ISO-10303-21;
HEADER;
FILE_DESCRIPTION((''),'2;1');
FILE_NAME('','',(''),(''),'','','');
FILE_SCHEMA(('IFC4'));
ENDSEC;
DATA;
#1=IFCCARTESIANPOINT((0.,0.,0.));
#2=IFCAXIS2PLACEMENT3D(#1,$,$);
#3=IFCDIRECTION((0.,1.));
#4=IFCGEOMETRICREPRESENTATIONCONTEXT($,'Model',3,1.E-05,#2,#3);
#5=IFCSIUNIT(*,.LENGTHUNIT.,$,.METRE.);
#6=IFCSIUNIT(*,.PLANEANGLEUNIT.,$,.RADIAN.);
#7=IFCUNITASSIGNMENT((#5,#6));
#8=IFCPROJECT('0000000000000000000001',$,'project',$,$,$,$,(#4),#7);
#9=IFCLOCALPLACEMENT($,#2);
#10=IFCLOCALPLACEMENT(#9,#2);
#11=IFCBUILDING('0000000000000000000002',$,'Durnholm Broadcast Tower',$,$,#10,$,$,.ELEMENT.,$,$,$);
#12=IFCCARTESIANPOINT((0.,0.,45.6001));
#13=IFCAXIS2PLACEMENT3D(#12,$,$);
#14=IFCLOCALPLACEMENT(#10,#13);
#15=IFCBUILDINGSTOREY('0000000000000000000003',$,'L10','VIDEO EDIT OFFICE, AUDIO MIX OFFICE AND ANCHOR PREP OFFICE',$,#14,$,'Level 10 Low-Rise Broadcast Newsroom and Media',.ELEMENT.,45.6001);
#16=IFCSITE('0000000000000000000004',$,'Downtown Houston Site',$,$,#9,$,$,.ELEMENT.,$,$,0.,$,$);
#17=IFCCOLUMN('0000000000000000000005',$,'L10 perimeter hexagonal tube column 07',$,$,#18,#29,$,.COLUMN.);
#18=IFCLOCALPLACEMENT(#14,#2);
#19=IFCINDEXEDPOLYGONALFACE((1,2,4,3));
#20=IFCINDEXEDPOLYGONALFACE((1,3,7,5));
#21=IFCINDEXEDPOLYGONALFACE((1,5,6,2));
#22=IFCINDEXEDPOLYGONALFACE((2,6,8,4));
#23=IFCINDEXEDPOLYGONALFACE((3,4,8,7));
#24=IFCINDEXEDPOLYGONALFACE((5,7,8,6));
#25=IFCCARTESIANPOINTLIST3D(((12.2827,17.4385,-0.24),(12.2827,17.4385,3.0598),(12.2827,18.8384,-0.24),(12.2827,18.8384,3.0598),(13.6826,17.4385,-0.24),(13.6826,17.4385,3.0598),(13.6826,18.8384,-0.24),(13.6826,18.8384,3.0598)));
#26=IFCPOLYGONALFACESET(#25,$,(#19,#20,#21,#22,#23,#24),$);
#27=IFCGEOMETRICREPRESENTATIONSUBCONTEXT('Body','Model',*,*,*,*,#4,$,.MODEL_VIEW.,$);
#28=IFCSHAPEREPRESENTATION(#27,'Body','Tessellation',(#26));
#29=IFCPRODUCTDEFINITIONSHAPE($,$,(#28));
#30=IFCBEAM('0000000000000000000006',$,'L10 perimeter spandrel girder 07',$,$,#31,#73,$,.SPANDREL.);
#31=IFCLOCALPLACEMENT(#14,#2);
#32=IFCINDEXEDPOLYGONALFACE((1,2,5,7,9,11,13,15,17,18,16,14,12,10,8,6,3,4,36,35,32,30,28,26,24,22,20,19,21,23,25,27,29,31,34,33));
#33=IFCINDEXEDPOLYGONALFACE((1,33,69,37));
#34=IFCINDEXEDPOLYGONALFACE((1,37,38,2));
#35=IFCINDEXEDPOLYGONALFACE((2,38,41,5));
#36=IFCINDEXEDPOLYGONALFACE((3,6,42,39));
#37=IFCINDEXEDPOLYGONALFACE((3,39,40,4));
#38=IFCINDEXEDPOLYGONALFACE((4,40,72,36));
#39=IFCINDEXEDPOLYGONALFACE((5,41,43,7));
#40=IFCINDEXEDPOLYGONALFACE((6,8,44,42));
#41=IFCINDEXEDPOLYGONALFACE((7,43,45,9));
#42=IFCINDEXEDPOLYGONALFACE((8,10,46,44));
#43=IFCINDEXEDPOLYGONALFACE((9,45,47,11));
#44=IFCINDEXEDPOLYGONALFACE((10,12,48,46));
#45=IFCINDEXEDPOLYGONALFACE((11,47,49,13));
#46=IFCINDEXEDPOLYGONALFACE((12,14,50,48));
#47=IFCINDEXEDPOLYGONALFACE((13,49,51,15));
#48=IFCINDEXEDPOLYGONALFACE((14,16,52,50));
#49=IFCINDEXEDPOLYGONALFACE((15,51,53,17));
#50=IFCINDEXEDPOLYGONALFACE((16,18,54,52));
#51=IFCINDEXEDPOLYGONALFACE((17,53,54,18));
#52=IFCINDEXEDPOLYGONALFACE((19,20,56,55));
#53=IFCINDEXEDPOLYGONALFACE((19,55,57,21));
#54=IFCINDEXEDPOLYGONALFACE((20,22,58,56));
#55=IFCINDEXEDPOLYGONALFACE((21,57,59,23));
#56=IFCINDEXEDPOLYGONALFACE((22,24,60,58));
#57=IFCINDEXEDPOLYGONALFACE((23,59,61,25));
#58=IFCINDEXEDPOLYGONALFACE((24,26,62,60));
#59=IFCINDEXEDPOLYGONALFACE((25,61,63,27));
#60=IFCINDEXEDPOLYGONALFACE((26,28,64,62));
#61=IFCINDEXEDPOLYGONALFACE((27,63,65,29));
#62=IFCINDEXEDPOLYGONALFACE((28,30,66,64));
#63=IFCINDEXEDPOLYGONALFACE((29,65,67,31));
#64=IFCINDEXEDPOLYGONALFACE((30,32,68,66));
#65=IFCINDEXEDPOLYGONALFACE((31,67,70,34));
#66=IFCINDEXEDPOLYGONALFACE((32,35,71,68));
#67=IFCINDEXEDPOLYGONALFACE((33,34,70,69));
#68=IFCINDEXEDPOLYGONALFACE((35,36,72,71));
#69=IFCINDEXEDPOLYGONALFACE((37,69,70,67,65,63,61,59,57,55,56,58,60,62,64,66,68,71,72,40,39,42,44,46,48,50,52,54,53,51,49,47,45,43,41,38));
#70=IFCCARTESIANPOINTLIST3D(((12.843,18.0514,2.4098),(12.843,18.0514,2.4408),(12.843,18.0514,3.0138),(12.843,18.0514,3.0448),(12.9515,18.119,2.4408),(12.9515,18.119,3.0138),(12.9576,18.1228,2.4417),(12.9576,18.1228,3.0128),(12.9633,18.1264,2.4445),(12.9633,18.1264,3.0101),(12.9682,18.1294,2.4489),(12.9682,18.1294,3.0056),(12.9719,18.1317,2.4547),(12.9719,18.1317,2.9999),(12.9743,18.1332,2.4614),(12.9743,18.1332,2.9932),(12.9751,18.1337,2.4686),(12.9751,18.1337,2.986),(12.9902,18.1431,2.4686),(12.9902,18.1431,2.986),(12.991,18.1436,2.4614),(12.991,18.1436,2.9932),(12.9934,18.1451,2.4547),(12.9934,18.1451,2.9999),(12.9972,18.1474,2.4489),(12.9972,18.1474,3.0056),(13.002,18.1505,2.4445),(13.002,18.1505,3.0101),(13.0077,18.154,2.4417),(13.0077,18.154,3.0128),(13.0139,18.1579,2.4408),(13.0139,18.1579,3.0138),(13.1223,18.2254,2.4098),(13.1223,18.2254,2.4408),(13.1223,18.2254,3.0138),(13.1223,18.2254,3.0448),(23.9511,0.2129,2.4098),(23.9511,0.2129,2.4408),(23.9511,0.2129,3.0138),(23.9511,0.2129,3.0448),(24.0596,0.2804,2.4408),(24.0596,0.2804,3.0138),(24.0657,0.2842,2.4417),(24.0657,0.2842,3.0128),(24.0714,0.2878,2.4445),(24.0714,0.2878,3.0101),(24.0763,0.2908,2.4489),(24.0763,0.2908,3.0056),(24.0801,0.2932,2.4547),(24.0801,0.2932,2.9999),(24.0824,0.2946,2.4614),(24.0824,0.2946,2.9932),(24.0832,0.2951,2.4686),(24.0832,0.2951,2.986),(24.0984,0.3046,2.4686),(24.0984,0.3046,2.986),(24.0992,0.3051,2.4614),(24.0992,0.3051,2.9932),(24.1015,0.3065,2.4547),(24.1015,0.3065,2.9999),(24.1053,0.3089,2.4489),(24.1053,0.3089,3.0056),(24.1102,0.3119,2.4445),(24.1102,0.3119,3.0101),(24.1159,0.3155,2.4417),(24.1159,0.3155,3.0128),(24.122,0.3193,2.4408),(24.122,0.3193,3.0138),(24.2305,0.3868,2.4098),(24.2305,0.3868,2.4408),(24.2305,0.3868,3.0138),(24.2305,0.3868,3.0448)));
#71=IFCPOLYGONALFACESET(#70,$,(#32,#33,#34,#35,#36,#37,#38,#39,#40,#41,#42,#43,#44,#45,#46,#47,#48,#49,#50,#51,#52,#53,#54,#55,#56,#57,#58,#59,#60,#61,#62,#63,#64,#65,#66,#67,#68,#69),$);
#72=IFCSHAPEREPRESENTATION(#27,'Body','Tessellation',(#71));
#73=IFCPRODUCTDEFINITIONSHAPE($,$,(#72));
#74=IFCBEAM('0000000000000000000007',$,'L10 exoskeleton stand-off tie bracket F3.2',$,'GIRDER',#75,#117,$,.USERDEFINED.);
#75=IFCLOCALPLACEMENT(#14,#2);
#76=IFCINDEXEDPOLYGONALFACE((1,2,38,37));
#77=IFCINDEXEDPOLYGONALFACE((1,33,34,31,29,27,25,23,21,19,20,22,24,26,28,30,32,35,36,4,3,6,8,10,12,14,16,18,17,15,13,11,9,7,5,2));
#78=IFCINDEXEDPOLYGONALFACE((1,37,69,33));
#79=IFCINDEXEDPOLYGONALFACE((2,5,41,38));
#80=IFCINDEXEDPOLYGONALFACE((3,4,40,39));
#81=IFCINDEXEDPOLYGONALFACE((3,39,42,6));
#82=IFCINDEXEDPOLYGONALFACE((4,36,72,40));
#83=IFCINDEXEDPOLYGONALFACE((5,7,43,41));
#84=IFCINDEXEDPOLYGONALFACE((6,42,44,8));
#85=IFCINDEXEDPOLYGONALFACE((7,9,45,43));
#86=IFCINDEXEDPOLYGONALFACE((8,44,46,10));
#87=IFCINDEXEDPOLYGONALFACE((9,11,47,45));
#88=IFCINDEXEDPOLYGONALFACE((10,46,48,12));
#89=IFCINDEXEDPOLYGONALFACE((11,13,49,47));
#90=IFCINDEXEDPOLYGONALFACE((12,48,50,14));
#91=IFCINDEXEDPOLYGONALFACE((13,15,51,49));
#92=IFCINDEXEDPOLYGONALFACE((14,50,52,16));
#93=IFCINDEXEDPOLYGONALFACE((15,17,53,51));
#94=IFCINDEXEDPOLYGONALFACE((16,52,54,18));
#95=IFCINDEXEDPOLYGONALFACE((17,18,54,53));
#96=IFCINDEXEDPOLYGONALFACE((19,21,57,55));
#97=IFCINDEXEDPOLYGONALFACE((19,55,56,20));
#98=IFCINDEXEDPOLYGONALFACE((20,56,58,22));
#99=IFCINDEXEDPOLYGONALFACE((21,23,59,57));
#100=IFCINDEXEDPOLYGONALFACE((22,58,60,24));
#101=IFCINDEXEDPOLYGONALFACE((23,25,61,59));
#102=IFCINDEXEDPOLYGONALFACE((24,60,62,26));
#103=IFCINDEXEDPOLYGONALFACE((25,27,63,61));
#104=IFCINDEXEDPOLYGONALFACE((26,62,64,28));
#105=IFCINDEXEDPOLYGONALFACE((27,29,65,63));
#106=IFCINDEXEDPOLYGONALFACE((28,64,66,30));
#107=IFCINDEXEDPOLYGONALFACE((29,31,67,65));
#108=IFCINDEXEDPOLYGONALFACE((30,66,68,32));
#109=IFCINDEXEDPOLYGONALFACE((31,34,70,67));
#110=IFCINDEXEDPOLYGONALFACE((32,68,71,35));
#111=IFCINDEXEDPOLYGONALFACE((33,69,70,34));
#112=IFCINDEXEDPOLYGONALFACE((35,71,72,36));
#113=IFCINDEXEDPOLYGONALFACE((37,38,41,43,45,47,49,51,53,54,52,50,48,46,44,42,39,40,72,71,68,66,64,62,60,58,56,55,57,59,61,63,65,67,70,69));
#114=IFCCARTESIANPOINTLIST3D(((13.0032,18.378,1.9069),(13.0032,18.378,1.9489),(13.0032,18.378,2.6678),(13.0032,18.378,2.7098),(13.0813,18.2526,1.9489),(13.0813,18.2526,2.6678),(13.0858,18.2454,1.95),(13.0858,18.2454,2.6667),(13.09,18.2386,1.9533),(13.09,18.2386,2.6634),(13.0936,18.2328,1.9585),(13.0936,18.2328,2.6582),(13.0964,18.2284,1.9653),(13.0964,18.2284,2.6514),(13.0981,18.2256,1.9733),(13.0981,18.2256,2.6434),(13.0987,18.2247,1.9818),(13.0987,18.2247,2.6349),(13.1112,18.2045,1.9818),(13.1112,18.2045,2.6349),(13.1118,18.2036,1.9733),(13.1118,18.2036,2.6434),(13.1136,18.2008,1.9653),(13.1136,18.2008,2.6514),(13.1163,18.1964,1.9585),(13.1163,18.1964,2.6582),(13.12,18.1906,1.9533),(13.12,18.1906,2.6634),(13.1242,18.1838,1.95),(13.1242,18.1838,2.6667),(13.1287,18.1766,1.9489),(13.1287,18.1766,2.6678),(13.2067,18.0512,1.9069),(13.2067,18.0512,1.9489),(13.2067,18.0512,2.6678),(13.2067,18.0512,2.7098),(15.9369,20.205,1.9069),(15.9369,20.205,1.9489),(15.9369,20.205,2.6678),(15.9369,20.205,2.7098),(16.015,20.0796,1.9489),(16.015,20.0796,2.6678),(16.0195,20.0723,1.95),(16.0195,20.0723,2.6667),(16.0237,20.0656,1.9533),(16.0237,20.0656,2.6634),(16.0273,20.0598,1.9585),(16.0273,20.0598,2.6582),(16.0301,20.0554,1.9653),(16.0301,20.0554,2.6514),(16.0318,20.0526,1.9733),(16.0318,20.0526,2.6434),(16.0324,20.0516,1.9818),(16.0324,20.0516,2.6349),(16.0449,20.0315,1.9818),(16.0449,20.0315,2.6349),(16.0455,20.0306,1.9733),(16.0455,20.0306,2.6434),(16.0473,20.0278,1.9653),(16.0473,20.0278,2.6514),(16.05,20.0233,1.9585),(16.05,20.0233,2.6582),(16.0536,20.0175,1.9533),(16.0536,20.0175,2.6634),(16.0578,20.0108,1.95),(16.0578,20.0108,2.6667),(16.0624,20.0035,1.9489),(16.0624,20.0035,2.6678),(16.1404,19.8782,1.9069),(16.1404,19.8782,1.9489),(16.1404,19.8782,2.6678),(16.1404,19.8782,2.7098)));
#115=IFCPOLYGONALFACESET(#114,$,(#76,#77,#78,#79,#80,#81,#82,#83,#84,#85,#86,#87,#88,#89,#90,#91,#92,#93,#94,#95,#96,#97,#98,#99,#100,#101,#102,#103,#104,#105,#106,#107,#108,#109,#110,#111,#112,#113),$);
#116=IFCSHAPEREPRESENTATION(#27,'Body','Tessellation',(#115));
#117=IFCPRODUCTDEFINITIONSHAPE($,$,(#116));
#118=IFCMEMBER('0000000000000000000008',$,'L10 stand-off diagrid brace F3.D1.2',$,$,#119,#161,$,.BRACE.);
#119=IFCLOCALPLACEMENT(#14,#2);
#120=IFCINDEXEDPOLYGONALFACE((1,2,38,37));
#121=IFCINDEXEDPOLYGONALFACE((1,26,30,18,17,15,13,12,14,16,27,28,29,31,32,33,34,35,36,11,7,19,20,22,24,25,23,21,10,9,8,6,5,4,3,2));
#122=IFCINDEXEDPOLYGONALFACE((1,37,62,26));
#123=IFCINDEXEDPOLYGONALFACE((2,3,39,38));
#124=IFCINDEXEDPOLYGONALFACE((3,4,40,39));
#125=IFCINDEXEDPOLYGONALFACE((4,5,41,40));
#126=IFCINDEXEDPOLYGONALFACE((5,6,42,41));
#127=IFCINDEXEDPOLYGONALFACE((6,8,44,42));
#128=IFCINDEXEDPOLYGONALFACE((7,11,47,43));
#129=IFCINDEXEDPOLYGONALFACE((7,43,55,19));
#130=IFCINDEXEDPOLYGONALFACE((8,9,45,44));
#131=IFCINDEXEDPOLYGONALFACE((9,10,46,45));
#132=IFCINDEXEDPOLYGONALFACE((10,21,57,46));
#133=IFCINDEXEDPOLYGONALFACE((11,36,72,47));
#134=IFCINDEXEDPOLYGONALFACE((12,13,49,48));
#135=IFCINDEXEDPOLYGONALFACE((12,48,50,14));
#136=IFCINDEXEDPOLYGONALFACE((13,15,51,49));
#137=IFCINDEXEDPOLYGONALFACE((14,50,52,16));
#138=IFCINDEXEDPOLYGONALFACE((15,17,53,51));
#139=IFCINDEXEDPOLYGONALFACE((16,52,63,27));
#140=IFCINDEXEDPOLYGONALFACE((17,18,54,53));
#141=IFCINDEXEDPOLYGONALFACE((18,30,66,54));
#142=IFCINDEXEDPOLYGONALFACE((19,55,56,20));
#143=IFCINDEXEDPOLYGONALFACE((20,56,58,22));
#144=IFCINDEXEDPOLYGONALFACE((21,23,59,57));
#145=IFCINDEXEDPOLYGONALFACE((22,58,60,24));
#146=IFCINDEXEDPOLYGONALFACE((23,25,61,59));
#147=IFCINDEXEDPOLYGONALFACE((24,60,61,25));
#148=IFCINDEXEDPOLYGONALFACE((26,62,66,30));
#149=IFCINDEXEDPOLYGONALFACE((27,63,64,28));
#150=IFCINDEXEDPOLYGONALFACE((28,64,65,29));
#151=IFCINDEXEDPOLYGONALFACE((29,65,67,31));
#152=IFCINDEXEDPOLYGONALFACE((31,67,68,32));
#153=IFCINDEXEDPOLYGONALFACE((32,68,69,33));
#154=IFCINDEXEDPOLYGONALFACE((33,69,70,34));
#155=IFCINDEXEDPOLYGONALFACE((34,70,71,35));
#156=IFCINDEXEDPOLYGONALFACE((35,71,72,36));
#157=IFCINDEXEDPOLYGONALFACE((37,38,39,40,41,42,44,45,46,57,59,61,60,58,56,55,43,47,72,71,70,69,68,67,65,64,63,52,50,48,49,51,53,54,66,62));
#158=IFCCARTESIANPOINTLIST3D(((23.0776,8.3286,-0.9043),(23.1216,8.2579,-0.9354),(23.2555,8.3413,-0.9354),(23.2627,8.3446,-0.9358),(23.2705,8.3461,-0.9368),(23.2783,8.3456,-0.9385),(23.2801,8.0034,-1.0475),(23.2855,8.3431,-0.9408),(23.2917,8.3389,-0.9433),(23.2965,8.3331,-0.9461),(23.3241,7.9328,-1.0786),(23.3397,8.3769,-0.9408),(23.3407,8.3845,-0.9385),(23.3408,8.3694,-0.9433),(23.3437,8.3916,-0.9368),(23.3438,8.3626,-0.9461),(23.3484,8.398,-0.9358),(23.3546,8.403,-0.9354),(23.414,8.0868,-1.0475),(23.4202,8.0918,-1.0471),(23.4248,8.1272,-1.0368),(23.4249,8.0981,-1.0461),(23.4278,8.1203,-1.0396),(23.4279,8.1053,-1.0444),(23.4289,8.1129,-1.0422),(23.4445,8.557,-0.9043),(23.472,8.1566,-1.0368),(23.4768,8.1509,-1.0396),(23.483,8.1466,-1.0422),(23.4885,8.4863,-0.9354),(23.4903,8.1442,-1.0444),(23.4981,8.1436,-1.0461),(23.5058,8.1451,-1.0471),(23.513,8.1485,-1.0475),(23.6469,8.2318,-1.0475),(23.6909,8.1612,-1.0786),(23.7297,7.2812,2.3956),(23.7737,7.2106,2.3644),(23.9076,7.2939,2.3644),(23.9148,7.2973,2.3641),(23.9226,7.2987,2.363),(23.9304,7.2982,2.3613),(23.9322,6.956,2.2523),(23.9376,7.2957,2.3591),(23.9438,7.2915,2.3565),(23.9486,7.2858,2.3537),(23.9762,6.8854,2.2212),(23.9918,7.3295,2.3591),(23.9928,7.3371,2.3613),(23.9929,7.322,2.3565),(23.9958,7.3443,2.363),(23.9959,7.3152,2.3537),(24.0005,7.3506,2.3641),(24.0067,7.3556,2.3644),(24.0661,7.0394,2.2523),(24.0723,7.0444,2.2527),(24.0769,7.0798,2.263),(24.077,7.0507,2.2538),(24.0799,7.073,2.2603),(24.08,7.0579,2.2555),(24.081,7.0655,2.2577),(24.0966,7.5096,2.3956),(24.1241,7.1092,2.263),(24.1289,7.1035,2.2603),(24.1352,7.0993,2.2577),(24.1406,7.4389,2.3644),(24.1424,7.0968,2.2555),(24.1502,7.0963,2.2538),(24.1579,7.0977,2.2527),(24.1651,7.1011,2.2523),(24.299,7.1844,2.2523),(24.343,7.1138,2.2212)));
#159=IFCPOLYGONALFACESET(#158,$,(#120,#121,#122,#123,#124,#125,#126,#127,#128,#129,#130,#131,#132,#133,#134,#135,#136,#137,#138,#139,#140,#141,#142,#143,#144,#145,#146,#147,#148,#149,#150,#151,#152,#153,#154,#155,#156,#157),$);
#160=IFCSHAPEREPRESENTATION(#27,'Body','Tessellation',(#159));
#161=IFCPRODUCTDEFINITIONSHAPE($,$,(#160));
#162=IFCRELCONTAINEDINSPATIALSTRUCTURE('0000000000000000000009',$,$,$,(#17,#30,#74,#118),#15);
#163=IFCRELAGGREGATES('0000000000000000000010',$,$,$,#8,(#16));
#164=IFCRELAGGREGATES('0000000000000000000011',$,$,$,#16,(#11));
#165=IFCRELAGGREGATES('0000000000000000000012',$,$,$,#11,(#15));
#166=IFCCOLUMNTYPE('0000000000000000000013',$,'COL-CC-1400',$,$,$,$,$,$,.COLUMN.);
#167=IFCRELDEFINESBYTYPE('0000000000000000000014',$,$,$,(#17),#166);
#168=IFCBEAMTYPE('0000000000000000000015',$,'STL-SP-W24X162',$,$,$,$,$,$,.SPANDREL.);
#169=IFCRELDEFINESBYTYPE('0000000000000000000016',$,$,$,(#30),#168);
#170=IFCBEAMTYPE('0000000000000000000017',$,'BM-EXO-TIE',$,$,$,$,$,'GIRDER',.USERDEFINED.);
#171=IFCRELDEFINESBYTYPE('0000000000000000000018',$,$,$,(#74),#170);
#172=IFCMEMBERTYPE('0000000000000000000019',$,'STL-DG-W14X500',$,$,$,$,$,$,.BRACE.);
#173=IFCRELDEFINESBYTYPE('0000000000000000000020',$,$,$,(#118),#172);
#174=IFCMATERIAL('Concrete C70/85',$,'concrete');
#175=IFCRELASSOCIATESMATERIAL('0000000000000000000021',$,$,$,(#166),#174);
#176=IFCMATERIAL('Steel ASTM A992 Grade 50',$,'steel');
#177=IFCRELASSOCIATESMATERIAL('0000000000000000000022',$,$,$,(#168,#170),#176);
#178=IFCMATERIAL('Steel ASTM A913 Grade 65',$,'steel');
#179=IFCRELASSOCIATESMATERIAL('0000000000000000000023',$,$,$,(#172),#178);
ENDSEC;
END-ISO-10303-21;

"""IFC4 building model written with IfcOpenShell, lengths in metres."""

from ifc_helpers import new_model, si_unit, direction, frame, origin, origin_2d, place, context, subcontext, project, spatial, rectangle, i_section, extrude, source, transform, mapped, material, material_profile, profile_set, type_object, type_shapes, element, save


model = new_model("IFC4")

# Units and contexts
model_context = context("Model", 3, precision=1e-05, world=origin(), true_north=direction((0.0, 1.0)))
body_context = subcontext(model_context, "Body", "Model", "MODEL_VIEW")
ifc_project = project(units=[si_unit("LENGTHUNIT", "METRE"), si_unit("PLANEANGLEUNIT", "RADIAN")], contexts=[model_context])

# Site, building, storey
site_placement = place(None, origin())
site = spatial("IfcSite", under=ifc_project, at=site_placement, Name="Downtown Houston Site", CompositionType="ELEMENT", RefElevation=0.0)
building_placement = place(site_placement, origin())
building = spatial("IfcBuilding", under=site, at=building_placement, Name="Durnholm Broadcast Tower", CompositionType="ELEMENT")
storey_placement = place(building_placement, frame((0.0, 0.0, 45.6001)))
storey = spatial("IfcBuildingStorey", under=building, at=storey_placement, Name="L10", Description="VIDEO EDIT OFFICE, AUDIO MIX OFFICE AND ANCHOR PREP OFFICE", LongName="Level 10 Low-Rise Broadcast Newsroom and Media", CompositionType="ELEMENT", Elevation=45.6001)

# Column
ifc_material_1 = material(Name="Concrete C70/85", Category="concrete")
ifc_material_profile_1 = material_profile(ifc_material_1, rectangle(XDim=1.3999, YDim=1.3999, at=origin_2d()), Name="RC1400X1400")
ifc_profile_set_1 = profile_set([ifc_material_profile_1], Name="Concrete C70/85")
column_type = type_object("IfcColumnType", Name="COL-CC-1400", PredefinedType="COLUMN", material=ifc_profile_set_1)
shared_shape_1 = source(origin(), body_context, "Body", "SweptSolid", [
    extrude(rectangle(XDim=1.3999, YDim=1.3999, at=origin_2d()), origin(), (0.0, 0.0, 1.0), 3.2998),
])
type_shapes(column_type, [shared_shape_1])
column_placement = place(storey_placement, frame((12.9827, 18.1384, -0.24), z_axis=(0.0, 0.0, 1.0), x_axis=(1.0, 0.0, 0.0)))
element("IfcColumn", 1, at=column_placement, inside=storey, type_object=column_type, Name="L10 perimeter hexagonal tube column 07", PredefinedType="COLUMN", context=body_context, shape_type="MappedRepresentation", body=[
    mapped(shared_shape_1, transform((0.0, 0.0, 0.0), x_axis=(1.0, 0.0, 0.0), y_axis=(0.0, 1.0, 0.0), z_axis=(0.0, 0.0, 1.0), scale=1.0)),
])

# Beams
ifc_material_2 = material(Name="Steel ASTM A992 Grade 50", Category="steel")
ifc_material_profile_2 = material_profile(ifc_material_2, i_section(OverallWidth=0.3291, OverallDepth=0.635, WebThickness=0.0178, FlangeThickness=0.031, FilletRadius=0.0278, at=origin_2d()), Name="W24X162")
ifc_profile_set_2 = profile_set([ifc_material_profile_2], Name="Steel ASTM A992 Grade 50")
beam_type_1 = type_object("IfcBeamType", Name="STL-SP-W24X162", PredefinedType="SPANDREL", material=ifc_profile_set_2)
shared_shape_2 = source(origin(), body_context, "Body", "SweptSolid", [
    extrude(i_section(OverallWidth=0.3291, OverallDepth=0.635, WebThickness=0.0178, FlangeThickness=0.031, FilletRadius=0.0278, at=origin_2d()), origin(), (0.0, 0.0, 1.0), 21.0144),
])
type_shapes(beam_type_1, [shared_shape_2])
beam_1_placement = place(storey_placement, frame((12.9827, 18.1384, 2.7273), z_axis=(0.528596, -0.848874, 0.0), x_axis=(0.848874, 0.528596, 0.0)))
element("IfcBeam", 2, at=beam_1_placement, inside=storey, type_object=beam_type_1, Name="L10 perimeter spandrel girder 07", PredefinedType="SPANDREL", context=body_context, shape_type="MappedRepresentation", body=[
    mapped(shared_shape_2, transform((0.0, 0.0, 0.0), x_axis=(1.0, 0.0, 0.0), y_axis=(0.0, 1.0, 0.0), z_axis=(0.0, 0.0, 1.0), scale=1.0)),
])
ifc_material_profile_3 = material_profile(ifc_material_2, i_section(OverallWidth=0.385, OverallDepth=0.803, WebThickness=0.0237, FlangeThickness=0.042, FilletRadius=0.033, at=origin_2d()), Name="W30X261")
ifc_profile_set_3 = profile_set([ifc_material_profile_3], Name="Steel ASTM A992 Grade 50")
beam_type_2 = type_object("IfcBeamType", Name="BM-EXO-TIE", ElementType="GIRDER", PredefinedType="USERDEFINED", material=ifc_profile_set_3)
shared_shape_3 = source(origin(), body_context, "Body", "SweptSolid", [
    extrude(i_section(OverallWidth=0.385, OverallDepth=0.803, WebThickness=0.0237, FlangeThickness=0.042, FilletRadius=0.033, at=origin_2d()), origin(), (0.0, 0.0, 1.0), 3.4561),
])
type_shapes(beam_type_2, [shared_shape_3])
beam_2_placement = place(storey_placement, frame((13.105, 18.2146, 2.3083), z_axis=(0.848854, 0.528627, 0.0), x_axis=(-0.528627, 0.848854, 0.0)))
element("IfcBeam", 3, at=beam_2_placement, inside=storey, type_object=beam_type_2, Name="L10 exoskeleton stand-off tie bracket F3.2", ObjectType="GIRDER", PredefinedType="USERDEFINED", context=body_context, shape_type="MappedRepresentation", body=[
    mapped(shared_shape_3, transform((0.0, 0.0, 0.0), x_axis=(1.0, 0.0, 0.0), y_axis=(0.0, 1.0, 0.0), z_axis=(0.0, 0.0, 1.0), scale=1.0)),
])

# Member
ifc_material_3 = material(Name="Steel ASTM A913 Grade 65", Category="steel")
ifc_material_profile_4 = material_profile(ifc_material_3, i_section(OverallWidth=0.4321, OverallDepth=0.4978, WebThickness=0.0557, FlangeThickness=0.0889, FilletRadius=0.0305, at=origin_2d()), Name="W14X500")
ifc_profile_set_4 = profile_set([ifc_material_profile_4], Name="Steel ASTM A913 Grade 65")
member_type_1 = type_object("IfcMemberType", Name="STL-DG-W14X500", PredefinedType="BRACE", material=ifc_profile_set_4)
shared_shape_4 = source(origin(), body_context, "Body", "SweptSolid", [
    extrude(i_section(OverallWidth=0.4321, OverallDepth=0.4978, WebThickness=0.0557, FlangeThickness=0.0889, FilletRadius=0.0305, at=origin_2d()), origin(), (0.0, 0.0, 1.0), 3.5229),
])
type_shapes(member_type_1, [shared_shape_4])
for number, where, z_axis, x_axis, name in (
    (4, (23.3843, 8.2449, -0.9915), (0.185102, -0.2973, 0.936669), (0.848909, 0.52854, 0.0), "L10 stand-off diagrid brace F3.D1.2"),
):
    element("IfcMember", number, at=place(storey_placement, frame(where, z_axis=z_axis, x_axis=x_axis)), inside=storey, type_object=member_type_1, Name=name, PredefinedType="BRACE", context=body_context, shape_type="MappedRepresentation", body=[
        mapped(shared_shape_4, transform((0.0, 0.0, 0.0), x_axis=(1.0, 0.0, 0.0), y_axis=(0.0, 1.0, 0.0), z_axis=(0.0, 0.0, 1.0), scale=1.0)),
    ])

save(model, "model.ifc")
